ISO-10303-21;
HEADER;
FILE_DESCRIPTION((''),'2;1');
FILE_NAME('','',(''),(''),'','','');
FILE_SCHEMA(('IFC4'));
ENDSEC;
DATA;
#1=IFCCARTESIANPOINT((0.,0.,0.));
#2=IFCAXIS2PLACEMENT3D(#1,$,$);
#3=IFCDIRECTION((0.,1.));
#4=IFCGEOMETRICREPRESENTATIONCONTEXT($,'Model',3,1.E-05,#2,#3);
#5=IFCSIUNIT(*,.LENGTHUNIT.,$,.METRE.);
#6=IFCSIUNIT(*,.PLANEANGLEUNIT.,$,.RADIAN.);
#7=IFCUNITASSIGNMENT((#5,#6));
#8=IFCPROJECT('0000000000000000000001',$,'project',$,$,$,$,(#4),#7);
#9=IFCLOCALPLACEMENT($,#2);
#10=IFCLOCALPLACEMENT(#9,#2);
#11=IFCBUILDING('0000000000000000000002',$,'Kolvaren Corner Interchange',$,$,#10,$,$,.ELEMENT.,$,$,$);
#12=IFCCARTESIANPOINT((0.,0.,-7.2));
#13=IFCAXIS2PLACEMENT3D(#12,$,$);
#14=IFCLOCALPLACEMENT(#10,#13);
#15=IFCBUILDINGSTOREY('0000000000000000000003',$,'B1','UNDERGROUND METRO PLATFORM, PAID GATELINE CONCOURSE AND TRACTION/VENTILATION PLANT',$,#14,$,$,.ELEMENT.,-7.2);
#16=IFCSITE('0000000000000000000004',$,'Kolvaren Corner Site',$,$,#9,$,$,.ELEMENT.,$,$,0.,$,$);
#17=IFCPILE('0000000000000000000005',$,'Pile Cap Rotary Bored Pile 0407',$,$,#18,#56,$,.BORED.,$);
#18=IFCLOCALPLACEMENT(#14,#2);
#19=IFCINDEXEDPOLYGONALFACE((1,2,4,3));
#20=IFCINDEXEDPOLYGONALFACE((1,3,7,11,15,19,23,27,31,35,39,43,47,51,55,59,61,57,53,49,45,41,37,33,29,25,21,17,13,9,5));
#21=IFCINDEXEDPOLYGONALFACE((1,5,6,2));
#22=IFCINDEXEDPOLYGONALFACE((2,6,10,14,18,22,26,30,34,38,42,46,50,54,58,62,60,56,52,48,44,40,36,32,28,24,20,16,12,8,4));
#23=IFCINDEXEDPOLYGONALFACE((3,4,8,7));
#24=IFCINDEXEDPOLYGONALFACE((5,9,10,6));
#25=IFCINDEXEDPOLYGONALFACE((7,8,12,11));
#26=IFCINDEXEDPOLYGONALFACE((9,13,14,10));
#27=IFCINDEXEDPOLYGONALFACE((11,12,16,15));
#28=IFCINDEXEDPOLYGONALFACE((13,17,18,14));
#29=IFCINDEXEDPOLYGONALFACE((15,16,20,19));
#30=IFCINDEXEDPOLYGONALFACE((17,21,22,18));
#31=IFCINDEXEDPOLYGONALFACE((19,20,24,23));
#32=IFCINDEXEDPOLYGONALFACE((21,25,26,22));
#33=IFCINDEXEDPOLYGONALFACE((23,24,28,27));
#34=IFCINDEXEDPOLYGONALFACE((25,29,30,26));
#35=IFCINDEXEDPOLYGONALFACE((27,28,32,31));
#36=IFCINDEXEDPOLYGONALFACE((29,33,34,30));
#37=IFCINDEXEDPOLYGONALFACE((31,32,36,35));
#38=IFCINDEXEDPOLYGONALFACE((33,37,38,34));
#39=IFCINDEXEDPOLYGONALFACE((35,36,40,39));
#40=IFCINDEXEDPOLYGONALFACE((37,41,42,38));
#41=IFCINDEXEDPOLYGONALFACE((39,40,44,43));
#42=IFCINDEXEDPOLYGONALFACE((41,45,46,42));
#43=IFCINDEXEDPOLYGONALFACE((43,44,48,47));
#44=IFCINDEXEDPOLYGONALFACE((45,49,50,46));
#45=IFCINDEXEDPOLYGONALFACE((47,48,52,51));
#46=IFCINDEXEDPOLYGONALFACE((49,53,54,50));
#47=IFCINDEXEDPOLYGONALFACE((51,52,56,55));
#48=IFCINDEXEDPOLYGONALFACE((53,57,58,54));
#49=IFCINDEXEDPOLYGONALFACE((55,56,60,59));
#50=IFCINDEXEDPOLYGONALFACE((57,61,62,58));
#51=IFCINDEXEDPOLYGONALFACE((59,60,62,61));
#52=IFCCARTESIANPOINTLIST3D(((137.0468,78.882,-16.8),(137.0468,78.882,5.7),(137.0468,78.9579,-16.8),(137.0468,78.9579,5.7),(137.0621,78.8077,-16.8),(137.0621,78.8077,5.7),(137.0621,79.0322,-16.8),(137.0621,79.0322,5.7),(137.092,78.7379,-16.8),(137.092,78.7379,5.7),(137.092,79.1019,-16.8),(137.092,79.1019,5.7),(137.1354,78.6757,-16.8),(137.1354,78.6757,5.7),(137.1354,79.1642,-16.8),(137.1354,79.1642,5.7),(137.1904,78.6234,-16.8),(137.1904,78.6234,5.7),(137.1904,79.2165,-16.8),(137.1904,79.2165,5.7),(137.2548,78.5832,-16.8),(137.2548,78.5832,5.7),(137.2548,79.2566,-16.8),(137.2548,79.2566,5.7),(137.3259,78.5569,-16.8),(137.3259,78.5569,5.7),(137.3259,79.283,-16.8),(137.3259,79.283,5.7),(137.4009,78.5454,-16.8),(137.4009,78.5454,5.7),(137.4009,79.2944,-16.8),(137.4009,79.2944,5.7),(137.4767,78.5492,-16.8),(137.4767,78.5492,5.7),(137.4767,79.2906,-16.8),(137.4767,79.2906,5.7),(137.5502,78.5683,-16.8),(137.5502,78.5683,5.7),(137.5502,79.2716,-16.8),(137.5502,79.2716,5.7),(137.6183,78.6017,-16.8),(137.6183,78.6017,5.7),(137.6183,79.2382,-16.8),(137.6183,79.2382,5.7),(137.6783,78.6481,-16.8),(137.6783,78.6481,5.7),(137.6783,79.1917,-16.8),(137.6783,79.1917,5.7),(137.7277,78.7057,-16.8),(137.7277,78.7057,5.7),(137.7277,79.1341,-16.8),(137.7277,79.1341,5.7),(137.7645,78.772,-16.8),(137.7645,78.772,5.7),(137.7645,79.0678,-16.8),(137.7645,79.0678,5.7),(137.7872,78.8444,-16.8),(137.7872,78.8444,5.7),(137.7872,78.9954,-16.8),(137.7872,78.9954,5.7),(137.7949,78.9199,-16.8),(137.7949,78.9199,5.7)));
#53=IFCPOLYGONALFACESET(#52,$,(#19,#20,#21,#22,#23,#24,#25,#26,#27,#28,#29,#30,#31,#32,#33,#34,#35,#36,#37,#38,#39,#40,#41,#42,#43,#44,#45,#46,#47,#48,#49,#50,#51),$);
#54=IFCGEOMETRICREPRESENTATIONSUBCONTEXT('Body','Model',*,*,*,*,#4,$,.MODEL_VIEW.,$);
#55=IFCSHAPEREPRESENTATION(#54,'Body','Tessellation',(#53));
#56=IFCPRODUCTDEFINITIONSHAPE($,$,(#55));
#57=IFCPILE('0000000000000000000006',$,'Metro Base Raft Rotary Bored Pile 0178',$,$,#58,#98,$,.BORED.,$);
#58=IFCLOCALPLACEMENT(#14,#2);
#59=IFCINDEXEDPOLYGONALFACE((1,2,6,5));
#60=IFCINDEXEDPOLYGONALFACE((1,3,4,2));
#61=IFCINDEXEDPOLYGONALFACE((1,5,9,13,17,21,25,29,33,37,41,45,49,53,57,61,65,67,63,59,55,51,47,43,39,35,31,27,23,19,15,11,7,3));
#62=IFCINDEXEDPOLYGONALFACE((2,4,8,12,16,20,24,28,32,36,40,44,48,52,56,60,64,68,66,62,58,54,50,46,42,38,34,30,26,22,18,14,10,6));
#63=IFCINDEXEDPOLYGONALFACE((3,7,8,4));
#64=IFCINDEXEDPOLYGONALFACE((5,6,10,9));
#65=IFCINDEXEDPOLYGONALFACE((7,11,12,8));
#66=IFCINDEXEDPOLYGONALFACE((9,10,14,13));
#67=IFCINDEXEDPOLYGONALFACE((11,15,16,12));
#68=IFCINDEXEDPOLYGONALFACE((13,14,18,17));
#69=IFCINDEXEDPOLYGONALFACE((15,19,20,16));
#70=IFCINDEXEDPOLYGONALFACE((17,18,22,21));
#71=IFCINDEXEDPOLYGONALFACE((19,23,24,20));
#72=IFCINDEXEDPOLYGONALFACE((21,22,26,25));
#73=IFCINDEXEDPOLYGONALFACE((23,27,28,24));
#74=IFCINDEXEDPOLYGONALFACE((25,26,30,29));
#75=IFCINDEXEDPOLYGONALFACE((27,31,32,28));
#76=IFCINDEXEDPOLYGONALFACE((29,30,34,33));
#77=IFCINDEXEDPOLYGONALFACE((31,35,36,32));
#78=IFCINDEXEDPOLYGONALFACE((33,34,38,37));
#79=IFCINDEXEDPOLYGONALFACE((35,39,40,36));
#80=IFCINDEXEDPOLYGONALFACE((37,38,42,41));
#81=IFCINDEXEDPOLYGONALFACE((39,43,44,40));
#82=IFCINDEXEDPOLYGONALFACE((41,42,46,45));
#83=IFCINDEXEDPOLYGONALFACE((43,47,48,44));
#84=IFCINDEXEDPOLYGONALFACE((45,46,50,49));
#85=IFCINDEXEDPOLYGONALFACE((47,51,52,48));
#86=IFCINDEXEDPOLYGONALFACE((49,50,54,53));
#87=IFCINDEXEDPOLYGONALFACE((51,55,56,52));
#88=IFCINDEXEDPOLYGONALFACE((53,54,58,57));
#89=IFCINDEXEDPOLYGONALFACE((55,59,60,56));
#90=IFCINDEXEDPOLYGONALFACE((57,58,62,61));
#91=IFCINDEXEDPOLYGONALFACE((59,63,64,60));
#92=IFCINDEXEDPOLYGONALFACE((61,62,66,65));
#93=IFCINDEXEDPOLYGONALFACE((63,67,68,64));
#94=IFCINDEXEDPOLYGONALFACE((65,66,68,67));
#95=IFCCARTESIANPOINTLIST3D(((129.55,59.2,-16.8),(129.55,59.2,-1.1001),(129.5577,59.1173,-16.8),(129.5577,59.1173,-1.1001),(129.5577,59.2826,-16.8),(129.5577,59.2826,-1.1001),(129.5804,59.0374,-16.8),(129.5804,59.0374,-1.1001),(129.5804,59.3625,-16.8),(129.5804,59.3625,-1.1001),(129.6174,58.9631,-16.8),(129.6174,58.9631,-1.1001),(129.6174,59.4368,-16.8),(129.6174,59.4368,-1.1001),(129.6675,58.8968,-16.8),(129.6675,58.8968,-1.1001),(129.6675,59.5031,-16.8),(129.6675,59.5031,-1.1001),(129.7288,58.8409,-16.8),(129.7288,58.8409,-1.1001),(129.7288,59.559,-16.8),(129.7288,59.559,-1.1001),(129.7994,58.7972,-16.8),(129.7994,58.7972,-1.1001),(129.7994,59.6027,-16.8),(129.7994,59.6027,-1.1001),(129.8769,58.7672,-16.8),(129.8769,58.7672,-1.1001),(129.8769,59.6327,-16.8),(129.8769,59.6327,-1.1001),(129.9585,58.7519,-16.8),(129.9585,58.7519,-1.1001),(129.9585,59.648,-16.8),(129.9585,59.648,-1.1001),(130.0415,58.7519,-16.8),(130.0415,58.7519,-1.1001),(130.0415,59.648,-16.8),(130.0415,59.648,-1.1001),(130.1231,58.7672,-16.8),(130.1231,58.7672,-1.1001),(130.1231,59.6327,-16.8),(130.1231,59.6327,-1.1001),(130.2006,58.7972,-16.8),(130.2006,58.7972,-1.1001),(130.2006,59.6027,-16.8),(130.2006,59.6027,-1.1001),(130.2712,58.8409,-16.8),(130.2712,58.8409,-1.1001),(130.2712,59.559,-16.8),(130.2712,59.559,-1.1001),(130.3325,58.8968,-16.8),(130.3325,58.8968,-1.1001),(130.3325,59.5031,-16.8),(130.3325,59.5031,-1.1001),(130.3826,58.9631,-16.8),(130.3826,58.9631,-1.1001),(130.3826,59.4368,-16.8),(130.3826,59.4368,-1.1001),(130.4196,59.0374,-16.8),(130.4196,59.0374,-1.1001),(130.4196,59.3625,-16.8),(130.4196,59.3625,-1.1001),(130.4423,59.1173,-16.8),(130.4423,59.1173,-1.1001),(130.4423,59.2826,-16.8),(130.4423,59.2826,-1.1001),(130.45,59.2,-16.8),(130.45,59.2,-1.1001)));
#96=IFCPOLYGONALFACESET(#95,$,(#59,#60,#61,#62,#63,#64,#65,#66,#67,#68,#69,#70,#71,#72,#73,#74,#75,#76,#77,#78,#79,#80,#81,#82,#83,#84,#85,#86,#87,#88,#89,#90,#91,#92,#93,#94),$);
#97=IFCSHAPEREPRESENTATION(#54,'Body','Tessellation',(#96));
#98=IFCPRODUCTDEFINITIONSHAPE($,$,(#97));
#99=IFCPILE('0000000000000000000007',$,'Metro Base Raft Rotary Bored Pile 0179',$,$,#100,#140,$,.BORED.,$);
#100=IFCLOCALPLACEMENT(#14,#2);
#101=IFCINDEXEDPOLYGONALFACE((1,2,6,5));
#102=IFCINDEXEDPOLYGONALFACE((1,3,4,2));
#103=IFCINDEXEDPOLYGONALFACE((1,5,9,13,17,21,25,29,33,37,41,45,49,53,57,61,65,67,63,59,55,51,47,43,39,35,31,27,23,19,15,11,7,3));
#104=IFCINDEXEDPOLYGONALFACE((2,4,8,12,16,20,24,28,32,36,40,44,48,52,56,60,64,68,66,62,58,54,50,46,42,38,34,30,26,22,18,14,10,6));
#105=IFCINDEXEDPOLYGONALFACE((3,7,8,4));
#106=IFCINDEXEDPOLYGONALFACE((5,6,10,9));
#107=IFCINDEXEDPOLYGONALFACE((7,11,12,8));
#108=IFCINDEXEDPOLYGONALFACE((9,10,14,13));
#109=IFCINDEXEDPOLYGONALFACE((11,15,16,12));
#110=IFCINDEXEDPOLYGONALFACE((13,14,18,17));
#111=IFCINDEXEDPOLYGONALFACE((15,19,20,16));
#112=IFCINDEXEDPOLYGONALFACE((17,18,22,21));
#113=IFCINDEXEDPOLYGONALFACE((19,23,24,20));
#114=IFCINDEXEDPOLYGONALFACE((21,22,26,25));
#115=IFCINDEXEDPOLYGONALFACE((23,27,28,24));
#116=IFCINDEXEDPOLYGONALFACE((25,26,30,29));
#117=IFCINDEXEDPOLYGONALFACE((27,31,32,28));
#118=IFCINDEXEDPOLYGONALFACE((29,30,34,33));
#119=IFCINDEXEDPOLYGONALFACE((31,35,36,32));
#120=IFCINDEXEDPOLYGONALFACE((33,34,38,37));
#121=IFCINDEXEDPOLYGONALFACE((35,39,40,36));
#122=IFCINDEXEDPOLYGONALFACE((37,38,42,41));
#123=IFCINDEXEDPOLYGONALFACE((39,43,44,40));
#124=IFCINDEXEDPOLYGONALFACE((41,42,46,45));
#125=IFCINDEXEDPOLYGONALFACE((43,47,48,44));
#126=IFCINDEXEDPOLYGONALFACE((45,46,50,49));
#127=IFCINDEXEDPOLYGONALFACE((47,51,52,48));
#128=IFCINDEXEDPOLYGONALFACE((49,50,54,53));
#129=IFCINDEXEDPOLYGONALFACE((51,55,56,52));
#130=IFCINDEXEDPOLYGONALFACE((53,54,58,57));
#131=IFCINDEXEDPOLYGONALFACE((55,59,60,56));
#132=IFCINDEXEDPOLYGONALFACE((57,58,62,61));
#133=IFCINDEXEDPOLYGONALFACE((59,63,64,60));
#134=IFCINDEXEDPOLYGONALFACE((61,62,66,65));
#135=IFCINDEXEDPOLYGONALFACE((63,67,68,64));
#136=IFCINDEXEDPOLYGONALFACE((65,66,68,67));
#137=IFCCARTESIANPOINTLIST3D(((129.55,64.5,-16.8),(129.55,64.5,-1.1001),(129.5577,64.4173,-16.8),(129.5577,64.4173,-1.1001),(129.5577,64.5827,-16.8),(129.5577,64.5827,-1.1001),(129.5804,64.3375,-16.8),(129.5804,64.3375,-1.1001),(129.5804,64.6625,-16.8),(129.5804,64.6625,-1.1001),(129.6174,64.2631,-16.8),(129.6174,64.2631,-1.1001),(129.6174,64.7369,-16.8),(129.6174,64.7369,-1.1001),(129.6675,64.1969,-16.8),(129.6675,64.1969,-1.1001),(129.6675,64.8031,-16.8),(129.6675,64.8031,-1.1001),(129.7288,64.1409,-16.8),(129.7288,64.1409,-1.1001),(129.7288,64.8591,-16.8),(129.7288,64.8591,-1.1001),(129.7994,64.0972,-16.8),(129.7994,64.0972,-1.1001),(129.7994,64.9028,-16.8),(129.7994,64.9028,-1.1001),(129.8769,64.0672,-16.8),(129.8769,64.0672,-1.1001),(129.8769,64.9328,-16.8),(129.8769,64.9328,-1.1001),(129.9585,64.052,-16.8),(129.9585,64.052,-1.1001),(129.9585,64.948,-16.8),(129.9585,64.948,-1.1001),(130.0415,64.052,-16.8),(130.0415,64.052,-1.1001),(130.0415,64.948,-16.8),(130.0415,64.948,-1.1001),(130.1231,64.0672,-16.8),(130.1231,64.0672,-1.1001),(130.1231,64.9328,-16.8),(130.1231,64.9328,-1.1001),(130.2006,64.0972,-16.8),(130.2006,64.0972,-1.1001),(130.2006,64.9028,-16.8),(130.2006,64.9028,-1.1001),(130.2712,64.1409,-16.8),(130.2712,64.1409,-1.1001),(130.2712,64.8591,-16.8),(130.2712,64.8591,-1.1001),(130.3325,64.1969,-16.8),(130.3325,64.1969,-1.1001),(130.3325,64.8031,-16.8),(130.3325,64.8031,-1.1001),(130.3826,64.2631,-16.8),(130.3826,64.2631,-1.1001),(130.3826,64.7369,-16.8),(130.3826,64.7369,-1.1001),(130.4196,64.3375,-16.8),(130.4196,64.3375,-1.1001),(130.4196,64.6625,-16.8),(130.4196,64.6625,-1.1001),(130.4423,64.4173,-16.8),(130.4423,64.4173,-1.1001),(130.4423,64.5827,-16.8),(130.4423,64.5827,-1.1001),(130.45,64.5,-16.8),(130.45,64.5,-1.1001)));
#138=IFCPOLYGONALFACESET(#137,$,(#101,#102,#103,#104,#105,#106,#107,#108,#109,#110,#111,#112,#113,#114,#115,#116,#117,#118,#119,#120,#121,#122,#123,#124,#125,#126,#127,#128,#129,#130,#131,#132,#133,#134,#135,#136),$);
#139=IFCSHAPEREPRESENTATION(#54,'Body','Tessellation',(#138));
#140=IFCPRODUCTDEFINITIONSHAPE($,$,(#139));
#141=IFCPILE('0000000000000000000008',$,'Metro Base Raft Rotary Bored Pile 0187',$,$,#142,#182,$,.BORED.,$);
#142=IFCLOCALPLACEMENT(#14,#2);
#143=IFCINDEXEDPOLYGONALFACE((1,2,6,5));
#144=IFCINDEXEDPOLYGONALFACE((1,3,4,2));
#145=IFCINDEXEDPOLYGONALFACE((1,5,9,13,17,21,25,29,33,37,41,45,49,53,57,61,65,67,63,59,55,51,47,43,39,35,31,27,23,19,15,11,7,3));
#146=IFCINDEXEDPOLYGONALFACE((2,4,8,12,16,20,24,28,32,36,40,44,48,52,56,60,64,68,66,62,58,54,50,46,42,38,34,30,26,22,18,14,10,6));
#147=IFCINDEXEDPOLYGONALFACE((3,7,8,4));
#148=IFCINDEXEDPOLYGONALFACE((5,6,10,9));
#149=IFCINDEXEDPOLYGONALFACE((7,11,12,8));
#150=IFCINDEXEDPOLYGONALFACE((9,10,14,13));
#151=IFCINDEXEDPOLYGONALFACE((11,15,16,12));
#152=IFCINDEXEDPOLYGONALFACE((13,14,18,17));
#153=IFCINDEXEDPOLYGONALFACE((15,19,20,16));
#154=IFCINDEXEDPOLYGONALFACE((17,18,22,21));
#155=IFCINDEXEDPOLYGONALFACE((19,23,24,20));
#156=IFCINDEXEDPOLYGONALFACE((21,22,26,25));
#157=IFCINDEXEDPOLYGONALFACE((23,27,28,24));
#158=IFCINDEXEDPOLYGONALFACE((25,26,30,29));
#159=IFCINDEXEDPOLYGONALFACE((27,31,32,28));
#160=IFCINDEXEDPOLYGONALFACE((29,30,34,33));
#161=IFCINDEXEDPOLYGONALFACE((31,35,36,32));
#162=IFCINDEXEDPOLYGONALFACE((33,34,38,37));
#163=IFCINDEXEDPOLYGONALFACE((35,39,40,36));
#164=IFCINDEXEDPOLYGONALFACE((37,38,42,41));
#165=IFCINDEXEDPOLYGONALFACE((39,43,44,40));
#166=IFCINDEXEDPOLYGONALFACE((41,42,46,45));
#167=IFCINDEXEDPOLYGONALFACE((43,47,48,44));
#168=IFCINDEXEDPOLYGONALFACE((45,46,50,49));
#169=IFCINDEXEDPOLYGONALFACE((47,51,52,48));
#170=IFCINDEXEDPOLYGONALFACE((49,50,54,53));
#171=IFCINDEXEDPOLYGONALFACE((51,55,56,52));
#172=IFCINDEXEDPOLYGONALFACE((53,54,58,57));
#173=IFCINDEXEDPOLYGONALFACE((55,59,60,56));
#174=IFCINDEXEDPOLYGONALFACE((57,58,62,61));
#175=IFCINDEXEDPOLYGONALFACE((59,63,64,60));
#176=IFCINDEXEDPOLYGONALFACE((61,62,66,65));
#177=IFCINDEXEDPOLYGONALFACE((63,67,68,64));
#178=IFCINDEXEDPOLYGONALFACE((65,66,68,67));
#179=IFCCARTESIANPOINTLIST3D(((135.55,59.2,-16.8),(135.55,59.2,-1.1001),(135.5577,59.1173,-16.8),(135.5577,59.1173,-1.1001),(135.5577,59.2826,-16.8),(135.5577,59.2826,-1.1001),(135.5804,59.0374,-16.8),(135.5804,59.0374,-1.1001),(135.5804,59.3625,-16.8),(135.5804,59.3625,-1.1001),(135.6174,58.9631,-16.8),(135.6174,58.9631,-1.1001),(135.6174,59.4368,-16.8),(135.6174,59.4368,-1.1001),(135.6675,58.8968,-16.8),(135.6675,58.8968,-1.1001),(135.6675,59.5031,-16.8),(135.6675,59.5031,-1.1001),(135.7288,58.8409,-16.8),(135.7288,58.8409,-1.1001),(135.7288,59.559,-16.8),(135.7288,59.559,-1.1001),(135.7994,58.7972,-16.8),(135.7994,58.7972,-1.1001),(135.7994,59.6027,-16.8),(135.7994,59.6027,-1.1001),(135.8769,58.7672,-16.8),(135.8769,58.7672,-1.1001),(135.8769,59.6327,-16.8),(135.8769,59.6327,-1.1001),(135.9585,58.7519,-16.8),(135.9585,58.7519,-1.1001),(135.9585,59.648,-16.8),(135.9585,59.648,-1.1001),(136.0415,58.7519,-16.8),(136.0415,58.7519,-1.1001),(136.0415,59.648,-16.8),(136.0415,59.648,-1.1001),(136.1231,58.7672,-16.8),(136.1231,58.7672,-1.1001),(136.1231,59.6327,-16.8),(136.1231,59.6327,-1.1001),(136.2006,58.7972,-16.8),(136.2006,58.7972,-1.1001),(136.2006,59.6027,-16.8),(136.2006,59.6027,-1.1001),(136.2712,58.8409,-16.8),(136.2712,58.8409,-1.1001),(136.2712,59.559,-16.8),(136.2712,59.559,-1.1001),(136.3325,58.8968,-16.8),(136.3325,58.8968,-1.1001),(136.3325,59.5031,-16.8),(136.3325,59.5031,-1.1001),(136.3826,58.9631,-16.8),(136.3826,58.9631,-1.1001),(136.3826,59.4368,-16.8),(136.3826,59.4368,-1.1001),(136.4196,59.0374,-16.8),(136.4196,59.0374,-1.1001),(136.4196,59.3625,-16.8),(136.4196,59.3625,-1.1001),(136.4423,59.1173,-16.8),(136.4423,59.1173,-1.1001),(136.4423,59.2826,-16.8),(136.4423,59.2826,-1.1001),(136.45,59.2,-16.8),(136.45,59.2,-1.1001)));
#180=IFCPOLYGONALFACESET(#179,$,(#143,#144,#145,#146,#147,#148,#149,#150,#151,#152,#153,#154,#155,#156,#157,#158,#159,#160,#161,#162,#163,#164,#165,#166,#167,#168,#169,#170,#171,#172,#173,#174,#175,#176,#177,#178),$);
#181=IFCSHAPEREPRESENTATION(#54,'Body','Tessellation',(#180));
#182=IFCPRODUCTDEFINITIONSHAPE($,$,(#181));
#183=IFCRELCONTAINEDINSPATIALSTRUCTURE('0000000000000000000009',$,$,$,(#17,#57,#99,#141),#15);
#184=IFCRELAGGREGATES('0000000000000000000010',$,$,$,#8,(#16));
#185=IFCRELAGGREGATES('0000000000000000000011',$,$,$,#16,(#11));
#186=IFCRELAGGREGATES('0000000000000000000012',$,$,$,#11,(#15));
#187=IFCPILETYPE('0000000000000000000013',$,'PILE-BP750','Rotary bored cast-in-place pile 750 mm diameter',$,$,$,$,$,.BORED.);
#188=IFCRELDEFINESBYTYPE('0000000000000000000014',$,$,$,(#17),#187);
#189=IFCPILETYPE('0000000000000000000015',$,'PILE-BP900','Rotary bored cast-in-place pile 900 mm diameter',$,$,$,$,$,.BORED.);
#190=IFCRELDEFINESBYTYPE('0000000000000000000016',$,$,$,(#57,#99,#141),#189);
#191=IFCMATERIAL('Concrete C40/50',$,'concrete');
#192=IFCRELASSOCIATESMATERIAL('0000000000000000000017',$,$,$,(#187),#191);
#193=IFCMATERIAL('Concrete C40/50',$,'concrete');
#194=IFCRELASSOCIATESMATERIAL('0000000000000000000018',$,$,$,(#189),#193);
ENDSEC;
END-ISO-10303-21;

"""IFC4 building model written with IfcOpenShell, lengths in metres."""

from ifc_helpers import new_model, si_unit, direction, frame, origin, origin_2d, place, context, subcontext, project, spatial, circle, extrude, material, material_profile, profile_set, type_object, element, save


model = new_model("IFC4")

# Units and contexts
model_context = context("Model", 3, precision=1e-05, world=origin(), true_north=direction((0.0, 1.0)))
body_context = subcontext(model_context, "Body", "Model", "MODEL_VIEW")
ifc_project = project(units=[si_unit("LENGTHUNIT", "METRE"), si_unit("PLANEANGLEUNIT", "RADIAN")], contexts=[model_context])

# Site, building, storey
site_placement = place(None, origin())
site = spatial("IfcSite", under=ifc_project, at=site_placement, Name="Kolvaren Corner Site", CompositionType="ELEMENT", RefElevation=0.0)
building_placement = place(site_placement, origin())
building = spatial("IfcBuilding", under=site, at=building_placement, Name="Kolvaren Corner Interchange", CompositionType="ELEMENT")
storey_placement = place(building_placement, frame((0.0, 0.0, -7.2)))
storey = spatial("IfcBuildingStorey", under=building, at=storey_placement, Name="B1", Description="UNDERGROUND METRO PLATFORM, PAID GATELINE CONCOURSE AND TRACTION/VENTILATION PLANT", CompositionType="ELEMENT", Elevation=-7.2)

# Piles
ifc_material_1 = material(Name="Concrete C40/50", Category="concrete")
ifc_material_profile_1 = material_profile(ifc_material_1, circle(Radius=0.375, at=origin_2d()), Name="BORED PILE 750")
ifc_profile_set_1 = profile_set([ifc_material_profile_1], Name="Concrete C40/50")
pile_type_1 = type_object("IfcPileType", Name="PILE-BP750", Description="Rotary bored cast-in-place pile 750 mm diameter", PredefinedType="BORED", material=ifc_profile_set_1)
for number, where, z_axis, x_axis, name in (
    (1, (137.4199, 78.9199, 5.7), (0.0, 0.0, -1.0), (1.0, 0.0, 0.0), "Pile Cap Rotary Bored Pile 0407"),
):
    element("IfcPile", number, at=place(storey_placement, frame(where, z_axis=z_axis, x_axis=x_axis)), inside=storey, type_object=pile_type_1, Name=name, PredefinedType="BORED", context=body_context, shape_type="SweptSolid", body=[
        extrude(circle(Radius=0.375, at=origin_2d()), origin(), (0.0, 0.0, 1.0), 22.5),
    ])
ifc_material_2 = material(Name="Concrete C40/50", Category="concrete")
ifc_material_profile_2 = material_profile(ifc_material_2, circle(Radius=0.45, at=origin_2d()), Name="BORED PILE 900")
ifc_profile_set_2 = profile_set([ifc_material_profile_2], Name="Concrete C40/50")
pile_type_2 = type_object("IfcPileType", Name="PILE-BP900", Description="Rotary bored cast-in-place pile 900 mm diameter", PredefinedType="BORED", material=ifc_profile_set_2)
for number, where, z_axis, x_axis, name in (
    (2, (130.0, 59.2, -1.1001), (0.0, 0.0, -1.0), (1.0, 0.0, 0.0), "Metro Base Raft Rotary Bored Pile 0178"),
    (3, (130.0, 64.5, -1.1001), (0.0, 0.0, -1.0), (1.0, 0.0, 0.0), "Metro Base Raft Rotary Bored Pile 0179"),
    (4, (136.0, 59.2, -1.1001), (0.0, 0.0, -1.0), (1.0, 0.0, 0.0), "Metro Base Raft Rotary Bored Pile 0187"),
):
    element("IfcPile", number, at=place(storey_placement, frame(where, z_axis=z_axis, x_axis=x_axis)), inside=storey, type_object=pile_type_2, Name=name, PredefinedType="BORED", context=body_context, shape_type="SweptSolid", body=[
        extrude(circle(Radius=0.45, at=origin_2d()), origin(), (0.0, 0.0, 1.0), 15.7),
    ])

save(model, "model.ifc")
